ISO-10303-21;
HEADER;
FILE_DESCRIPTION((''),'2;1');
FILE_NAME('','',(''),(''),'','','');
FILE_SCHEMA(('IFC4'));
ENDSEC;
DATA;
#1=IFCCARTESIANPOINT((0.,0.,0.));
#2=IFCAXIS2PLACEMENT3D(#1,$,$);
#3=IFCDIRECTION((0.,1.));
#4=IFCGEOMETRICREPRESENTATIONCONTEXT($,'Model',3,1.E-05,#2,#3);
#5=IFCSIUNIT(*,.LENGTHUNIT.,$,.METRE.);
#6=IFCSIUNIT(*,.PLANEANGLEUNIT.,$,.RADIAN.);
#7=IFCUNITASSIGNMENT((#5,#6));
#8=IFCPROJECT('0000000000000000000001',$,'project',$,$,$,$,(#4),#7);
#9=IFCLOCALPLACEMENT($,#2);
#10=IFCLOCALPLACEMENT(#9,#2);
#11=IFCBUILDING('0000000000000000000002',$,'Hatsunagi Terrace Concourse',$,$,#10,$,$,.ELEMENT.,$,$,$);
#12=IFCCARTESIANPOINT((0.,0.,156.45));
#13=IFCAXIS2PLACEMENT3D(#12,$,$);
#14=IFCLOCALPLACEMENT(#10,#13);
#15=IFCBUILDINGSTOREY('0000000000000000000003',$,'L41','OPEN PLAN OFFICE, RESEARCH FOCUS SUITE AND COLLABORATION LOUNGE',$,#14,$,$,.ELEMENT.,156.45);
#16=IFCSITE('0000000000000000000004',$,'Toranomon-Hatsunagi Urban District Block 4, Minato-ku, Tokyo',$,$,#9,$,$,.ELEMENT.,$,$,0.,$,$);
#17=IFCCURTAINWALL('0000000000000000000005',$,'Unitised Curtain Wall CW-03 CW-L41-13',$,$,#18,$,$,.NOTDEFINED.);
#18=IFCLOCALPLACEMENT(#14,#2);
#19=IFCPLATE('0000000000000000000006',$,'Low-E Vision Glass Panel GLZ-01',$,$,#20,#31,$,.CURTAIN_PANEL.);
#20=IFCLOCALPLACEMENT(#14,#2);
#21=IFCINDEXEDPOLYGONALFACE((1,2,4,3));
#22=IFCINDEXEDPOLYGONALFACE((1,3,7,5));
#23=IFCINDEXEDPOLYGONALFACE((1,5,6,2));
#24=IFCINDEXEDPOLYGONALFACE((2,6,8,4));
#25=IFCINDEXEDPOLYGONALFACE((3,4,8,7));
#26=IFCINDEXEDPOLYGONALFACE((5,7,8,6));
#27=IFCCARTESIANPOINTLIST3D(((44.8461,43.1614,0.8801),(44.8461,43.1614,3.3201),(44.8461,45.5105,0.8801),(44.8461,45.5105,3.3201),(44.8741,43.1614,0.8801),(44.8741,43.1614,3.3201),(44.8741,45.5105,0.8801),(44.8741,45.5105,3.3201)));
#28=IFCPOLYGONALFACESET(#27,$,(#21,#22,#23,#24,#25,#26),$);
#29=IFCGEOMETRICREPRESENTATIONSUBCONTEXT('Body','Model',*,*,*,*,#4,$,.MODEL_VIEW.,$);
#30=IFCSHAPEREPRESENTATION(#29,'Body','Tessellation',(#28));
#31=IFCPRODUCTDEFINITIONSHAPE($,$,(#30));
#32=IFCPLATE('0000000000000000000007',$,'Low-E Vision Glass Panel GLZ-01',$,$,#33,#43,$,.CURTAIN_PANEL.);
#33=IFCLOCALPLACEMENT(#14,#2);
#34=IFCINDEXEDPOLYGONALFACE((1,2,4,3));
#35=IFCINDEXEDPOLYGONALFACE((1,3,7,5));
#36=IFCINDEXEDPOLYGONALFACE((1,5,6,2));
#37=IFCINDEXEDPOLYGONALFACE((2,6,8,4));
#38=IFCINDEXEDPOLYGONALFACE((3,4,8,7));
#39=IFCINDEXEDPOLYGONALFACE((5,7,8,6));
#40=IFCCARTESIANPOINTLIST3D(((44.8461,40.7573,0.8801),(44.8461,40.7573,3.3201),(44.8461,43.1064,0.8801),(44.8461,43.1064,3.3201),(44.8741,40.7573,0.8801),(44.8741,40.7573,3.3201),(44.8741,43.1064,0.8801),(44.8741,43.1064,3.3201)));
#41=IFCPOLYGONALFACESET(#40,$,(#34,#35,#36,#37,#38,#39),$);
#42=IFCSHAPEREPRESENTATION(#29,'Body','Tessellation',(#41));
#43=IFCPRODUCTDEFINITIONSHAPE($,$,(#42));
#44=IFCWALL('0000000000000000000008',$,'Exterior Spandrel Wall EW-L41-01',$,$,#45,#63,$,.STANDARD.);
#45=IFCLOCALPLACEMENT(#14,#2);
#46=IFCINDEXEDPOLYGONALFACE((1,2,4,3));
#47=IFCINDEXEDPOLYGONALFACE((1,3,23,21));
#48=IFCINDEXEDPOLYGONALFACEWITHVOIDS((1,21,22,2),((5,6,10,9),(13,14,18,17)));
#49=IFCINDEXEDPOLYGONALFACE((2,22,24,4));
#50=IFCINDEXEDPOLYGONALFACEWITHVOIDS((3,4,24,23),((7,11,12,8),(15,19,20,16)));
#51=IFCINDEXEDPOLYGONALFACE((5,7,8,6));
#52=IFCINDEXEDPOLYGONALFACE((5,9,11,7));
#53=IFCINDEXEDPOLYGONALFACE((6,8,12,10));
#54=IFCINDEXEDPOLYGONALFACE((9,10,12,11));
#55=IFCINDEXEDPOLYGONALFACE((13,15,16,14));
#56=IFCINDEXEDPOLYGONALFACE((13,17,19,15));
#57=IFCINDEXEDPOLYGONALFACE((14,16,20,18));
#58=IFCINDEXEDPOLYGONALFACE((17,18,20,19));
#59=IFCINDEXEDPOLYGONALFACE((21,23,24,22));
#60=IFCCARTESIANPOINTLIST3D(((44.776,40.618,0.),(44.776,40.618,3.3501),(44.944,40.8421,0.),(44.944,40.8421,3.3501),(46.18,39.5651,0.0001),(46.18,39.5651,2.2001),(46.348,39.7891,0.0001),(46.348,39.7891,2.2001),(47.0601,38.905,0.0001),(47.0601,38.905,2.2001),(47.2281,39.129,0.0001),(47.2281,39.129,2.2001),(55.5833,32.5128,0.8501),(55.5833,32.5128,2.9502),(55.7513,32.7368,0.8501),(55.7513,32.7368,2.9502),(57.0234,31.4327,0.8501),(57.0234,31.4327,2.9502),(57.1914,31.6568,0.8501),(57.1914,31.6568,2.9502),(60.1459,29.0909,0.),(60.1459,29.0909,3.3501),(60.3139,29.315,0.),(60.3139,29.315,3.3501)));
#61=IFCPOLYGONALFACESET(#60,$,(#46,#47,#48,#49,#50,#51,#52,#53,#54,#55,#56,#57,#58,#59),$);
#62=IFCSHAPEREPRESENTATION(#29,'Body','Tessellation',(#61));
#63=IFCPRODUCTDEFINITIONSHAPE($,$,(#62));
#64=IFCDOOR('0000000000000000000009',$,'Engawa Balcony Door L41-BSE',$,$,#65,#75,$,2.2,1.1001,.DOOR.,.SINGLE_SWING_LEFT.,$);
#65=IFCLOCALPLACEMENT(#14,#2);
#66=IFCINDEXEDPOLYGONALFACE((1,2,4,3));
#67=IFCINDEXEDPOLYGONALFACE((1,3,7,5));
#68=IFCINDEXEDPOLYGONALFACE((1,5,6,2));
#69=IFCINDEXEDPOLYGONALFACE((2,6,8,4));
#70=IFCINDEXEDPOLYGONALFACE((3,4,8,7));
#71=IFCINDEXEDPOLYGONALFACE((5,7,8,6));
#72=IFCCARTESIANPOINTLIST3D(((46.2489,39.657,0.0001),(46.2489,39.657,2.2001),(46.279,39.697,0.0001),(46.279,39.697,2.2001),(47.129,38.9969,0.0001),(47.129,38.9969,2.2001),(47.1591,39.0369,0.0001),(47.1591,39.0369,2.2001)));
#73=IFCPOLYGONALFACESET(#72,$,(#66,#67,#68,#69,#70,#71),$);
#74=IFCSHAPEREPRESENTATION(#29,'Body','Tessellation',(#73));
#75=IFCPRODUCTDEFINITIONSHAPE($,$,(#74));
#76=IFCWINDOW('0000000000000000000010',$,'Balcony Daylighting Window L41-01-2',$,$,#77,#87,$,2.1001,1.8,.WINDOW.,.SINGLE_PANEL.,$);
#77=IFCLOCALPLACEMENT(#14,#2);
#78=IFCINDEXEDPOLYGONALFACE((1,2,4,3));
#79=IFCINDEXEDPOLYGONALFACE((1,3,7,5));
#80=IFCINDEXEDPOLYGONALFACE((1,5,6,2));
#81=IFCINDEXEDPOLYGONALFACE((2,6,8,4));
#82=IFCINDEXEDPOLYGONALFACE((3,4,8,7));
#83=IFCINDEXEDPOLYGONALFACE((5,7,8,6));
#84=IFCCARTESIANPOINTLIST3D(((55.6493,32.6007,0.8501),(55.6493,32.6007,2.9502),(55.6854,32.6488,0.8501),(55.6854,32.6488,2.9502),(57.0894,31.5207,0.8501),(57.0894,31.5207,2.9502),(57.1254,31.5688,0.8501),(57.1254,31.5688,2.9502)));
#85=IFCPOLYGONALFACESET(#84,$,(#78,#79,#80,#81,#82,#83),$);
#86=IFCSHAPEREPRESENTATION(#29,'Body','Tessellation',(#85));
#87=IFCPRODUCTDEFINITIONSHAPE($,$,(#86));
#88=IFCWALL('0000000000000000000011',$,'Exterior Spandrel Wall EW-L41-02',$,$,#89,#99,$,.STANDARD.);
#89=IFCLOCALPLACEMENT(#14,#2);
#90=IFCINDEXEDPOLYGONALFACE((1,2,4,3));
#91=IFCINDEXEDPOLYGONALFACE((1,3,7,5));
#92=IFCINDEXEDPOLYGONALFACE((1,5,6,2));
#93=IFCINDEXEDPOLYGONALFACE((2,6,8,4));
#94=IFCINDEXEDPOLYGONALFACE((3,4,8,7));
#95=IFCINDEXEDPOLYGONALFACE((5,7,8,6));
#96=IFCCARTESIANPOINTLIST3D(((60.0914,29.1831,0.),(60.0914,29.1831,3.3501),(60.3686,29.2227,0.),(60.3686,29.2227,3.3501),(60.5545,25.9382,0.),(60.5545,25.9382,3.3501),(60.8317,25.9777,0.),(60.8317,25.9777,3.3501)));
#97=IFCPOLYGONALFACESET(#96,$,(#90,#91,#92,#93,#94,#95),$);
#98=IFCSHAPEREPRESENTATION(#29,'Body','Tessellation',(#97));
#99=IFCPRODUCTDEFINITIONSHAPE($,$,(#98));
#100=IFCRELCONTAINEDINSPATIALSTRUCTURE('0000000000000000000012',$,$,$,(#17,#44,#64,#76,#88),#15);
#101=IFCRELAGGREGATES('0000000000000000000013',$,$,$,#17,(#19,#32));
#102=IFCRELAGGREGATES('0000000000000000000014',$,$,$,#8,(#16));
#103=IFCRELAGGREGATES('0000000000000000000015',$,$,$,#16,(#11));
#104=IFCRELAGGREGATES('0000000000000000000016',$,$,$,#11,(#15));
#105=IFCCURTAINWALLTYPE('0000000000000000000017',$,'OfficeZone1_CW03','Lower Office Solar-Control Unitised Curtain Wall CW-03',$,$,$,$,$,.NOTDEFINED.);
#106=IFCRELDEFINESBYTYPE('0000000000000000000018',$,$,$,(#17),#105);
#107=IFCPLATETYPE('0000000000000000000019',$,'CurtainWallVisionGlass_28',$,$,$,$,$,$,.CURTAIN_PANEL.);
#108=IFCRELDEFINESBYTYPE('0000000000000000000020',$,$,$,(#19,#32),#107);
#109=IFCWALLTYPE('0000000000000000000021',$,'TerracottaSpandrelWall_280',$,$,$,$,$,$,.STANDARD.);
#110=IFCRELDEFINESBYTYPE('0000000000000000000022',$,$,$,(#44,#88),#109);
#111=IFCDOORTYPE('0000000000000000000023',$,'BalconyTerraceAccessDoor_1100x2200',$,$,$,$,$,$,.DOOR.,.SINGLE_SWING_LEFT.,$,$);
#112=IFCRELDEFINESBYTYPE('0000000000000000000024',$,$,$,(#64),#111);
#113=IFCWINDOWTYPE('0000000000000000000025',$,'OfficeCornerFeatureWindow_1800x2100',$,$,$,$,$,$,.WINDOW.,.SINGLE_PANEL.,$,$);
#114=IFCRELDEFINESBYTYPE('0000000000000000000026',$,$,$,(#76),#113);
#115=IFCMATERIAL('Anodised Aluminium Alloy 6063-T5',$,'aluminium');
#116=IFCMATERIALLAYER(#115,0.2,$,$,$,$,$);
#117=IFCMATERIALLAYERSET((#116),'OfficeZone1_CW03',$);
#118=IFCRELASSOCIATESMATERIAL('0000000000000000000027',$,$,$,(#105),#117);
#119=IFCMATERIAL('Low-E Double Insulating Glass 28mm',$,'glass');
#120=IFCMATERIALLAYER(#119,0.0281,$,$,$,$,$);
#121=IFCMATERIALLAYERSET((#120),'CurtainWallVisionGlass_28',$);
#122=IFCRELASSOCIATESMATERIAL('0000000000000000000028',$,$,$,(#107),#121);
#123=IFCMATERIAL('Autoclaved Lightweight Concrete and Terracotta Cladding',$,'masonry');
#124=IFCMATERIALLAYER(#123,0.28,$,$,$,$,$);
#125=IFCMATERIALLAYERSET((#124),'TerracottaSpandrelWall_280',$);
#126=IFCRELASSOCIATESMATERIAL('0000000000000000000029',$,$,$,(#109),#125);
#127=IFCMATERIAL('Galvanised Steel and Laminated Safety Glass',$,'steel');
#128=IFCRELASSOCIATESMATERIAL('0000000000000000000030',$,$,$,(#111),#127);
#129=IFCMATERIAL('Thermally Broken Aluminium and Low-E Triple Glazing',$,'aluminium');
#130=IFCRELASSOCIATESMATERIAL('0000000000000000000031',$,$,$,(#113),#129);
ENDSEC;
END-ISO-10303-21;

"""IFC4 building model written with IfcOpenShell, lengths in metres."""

from ifc_helpers import new_model, si_unit, direction, frame, frame_2d, origin, origin_2d, place, context, subcontext, project, spatial, rectangle, extrude, material, layer, layer_set, type_object, element, fill, aggregate, save


model = new_model("IFC4")

# Units and contexts
model_context = context("Model", 3, precision=1e-05, world=origin(), true_north=direction((0.0, 1.0)))
body_context = subcontext(model_context, "Body", "Model", "MODEL_VIEW")
ifc_project = project(units=[si_unit("LENGTHUNIT", "METRE"), si_unit("PLANEANGLEUNIT", "RADIAN")], contexts=[model_context])

# Site, building, storey
site_placement = place(None, origin())
site = spatial("IfcSite", under=ifc_project, at=site_placement, Name="Toranomon-Hatsunagi Urban District Block 4, Minato-ku, Tokyo", CompositionType="ELEMENT", RefElevation=0.0)
building_placement = place(site_placement, origin())
building = spatial("IfcBuilding", under=site, at=building_placement, Name="Hatsunagi Terrace Concourse", CompositionType="ELEMENT")
storey_placement = place(building_placement, frame((0.0, 0.0, 156.45)))
storey = spatial("IfcBuildingStorey", under=building, at=storey_placement, Name="L41", Description="OPEN PLAN OFFICE, RESEARCH FOCUS SUITE AND COLLABORATION LOUNGE", CompositionType="ELEMENT", Elevation=156.45)

# Curtain wall
ifc_material_1 = material(Name="Anodised Aluminium Alloy 6063-T5", Category="aluminium")
ifc_layer_1 = layer(ifc_material_1, 0.2)
ifc_layer_set_1 = layer_set([ifc_layer_1], Name="OfficeZone1_CW03")
curtain_wall_type = type_object("IfcCurtainWallType", Name="OfficeZone1_CW03", Description="Lower Office Solar-Control Unitised Curtain Wall CW-03", PredefinedType="NOTDEFINED", material=ifc_layer_set_1)
curtain_wall_placement = place(storey_placement, origin())
curtain_wall = element("IfcCurtainWall", 1, at=curtain_wall_placement, inside=storey, type_object=curtain_wall_type, Name="Unitised Curtain Wall CW-03 CW-L41-13", PredefinedType="NOTDEFINED")

# Plates
ifc_material_2 = material(Name="Low-E Double Insulating Glass 28mm", Category="glass")
ifc_layer_2 = layer(ifc_material_2, 0.0281)
ifc_layer_set_2 = layer_set([ifc_layer_2], Name="CurtainWallVisionGlass_28")
plate_type_1 = type_object("IfcPlateType", Name="CurtainWallVisionGlass_28", PredefinedType="CURTAIN_PANEL", material=ifc_layer_set_2)
plate_1_placement = place(storey_placement, frame((44.8601, 44.3359, 0.8801), z_axis=(0.0, 0.0, 1.0), x_axis=(0.0, -1.0, 0.0)))
plate_1 = element("IfcPlate", 2, at=plate_1_placement, type_object=plate_type_1, Name="Low-E Vision Glass Panel GLZ-01", PredefinedType="CURTAIN_PANEL", context=body_context, shape_type="SweptSolid", body=[
    extrude(rectangle(XDim=2.3491, YDim=0.0281, at=origin_2d()), origin(), (0.0, 0.0, 1.0), 2.4399),
])
plate_2_placement = place(storey_placement, frame((44.8601, 41.9319, 0.8801), z_axis=(0.0, 0.0, 1.0), x_axis=(0.0, -1.0, 0.0)))
plate_2 = element("IfcPlate", 3, at=plate_2_placement, type_object=plate_type_1, Name="Low-E Vision Glass Panel GLZ-01", PredefinedType="CURTAIN_PANEL", context=body_context, shape_type="SweptSolid", body=[
    extrude(rectangle(XDim=2.3491, YDim=0.0281, at=origin_2d()), origin(), (0.0, 0.0, 1.0), 2.4399),
])
aggregate(curtain_wall, [plate_1, plate_2])

# Wall, openings, door, window
ifc_material_3 = material(Name="Autoclaved Lightweight Concrete and Terracotta Cladding", Category="masonry")
ifc_layer_3 = layer(ifc_material_3, 0.28)
ifc_layer_set_3 = layer_set([ifc_layer_3], Name="TerracottaSpandrelWall_280")
wall_type = type_object("IfcWallType", Name="TerracottaSpandrelWall_280", PredefinedType="STANDARD", material=ifc_layer_set_3)
wall_1_placement = place(storey_placement, frame((44.8601, 40.73, 0.0), z_axis=(0.0, 0.0, 1.0), x_axis=(0.800008, -0.59999, 0.0)))
wall_1 = element("IfcWall", 4, at=wall_1_placement, inside=storey, type_object=wall_type, Name="Exterior Spandrel Wall EW-L41-01", PredefinedType="STANDARD", context=body_context, shape_type="SweptSolid", body=[
    extrude(rectangle(XDim=19.2122, YDim=0.28, at=frame_2d((9.606, 0.0))), origin(), (0.0, 0.0, 1.0), 3.3501),
])
opening_1_placement = place(wall_1_placement, frame((1.7549, 0.0, 0.0)))
opening_1 = element("IfcOpeningElement", 5, at=opening_1_placement, cuts=wall_1, PredefinedType="OPENING", context=body_context, shape_type="SweptSolid", body=[
    extrude(rectangle(XDim=1.1001, YDim=2.2, at=frame_2d((0.55, 1.1001))), frame((0.0, 0.1499, 0.0), z_axis=(0.0, -1.0, 0.0), x_axis=(1.0, 0.0, 0.0)), (0.0, 0.0, 1.0), 0.3),
])
opening_2_placement = place(wall_1_placement, frame((13.509, 0.0, 0.8501)))
opening_2 = element("IfcOpeningElement", 6, at=opening_2_placement, cuts=wall_1, PredefinedType="OPENING", context=body_context, shape_type="SweptSolid", body=[
    extrude(rectangle(XDim=1.8, YDim=2.1001, at=frame_2d((0.8999, 1.05))), frame((0.0, 0.1499, 0.0), z_axis=(0.0, -1.0, 0.0), x_axis=(1.0, 0.0, 0.0)), (0.0, 0.0, 1.0), 0.3),
])
ifc_material_4 = material(Name="Galvanised Steel and Laminated Safety Glass", Category="steel")
door_type = type_object("IfcDoorType", Name="BalconyTerraceAccessDoor_1100x2200", OperationType="SINGLE_SWING_LEFT", PredefinedType="DOOR", material=ifc_material_4)
door_placement = place(opening_1_placement, origin())
door = element("IfcDoor", 7, at=door_placement, inside=storey, type_object=door_type, Name="Engawa Balcony Door L41-BSE", OperationType="SINGLE_SWING_LEFT", OverallHeight=2.2, OverallWidth=1.1001, PredefinedType="DOOR", context=body_context, shape_type="SweptSolid", body=[
    extrude(rectangle(XDim=1.1001, YDim=2.2, at=frame_2d((0.55, 1.1001))), frame((0.0, 0.0249, 0.0), z_axis=(0.0, -1.0, 0.0), x_axis=(1.0, 0.0, 0.0)), (0.0, 0.0, 1.0), 0.05),
])
fill(opening_1, door)
ifc_material_5 = material(Name="Thermally Broken Aluminium and Low-E Triple Glazing", Category="aluminium")
window_type = type_object("IfcWindowType", Name="OfficeCornerFeatureWindow_1800x2100", PartitioningType="SINGLE_PANEL", PredefinedType="WINDOW", material=ifc_material_5)
window_placement = place(opening_2_placement, origin())
window = element("IfcWindow", 8, at=window_placement, inside=storey, type_object=window_type, Name="Balcony Daylighting Window L41-01-2", OverallHeight=2.1001, OverallWidth=1.8, PartitioningType="SINGLE_PANEL", PredefinedType="WINDOW", context=body_context, shape_type="SweptSolid", body=[
    extrude(rectangle(XDim=1.8, YDim=2.1001, at=frame_2d((0.8999, 1.05))), frame((0.0, 0.03, 0.0), z_axis=(0.0, -1.0, 0.0), x_axis=(1.0, 0.0, 0.0)), (0.0, 0.0, 1.0), 0.0601),
])
fill(opening_2, window)

# Wall
wall_2_placement = place(storey_placement, frame((60.23, 29.2029, 0.0), z_axis=(0.0, 0.0, 1.0), x_axis=(0.141296, -0.989967, 0.0)))
element("IfcWall", 9, at=wall_2_placement, inside=storey, type_object=wall_type, Name="Exterior Spandrel Wall EW-L41-02", PredefinedType="STANDARD", context=body_context, shape_type="SweptSolid", body=[
    extrude(rectangle(XDim=3.2778, YDim=0.28, at=frame_2d((1.6389, 0.0))), origin(), (0.0, 0.0, 1.0), 3.3501),
])

save(model, "model.ifc")
